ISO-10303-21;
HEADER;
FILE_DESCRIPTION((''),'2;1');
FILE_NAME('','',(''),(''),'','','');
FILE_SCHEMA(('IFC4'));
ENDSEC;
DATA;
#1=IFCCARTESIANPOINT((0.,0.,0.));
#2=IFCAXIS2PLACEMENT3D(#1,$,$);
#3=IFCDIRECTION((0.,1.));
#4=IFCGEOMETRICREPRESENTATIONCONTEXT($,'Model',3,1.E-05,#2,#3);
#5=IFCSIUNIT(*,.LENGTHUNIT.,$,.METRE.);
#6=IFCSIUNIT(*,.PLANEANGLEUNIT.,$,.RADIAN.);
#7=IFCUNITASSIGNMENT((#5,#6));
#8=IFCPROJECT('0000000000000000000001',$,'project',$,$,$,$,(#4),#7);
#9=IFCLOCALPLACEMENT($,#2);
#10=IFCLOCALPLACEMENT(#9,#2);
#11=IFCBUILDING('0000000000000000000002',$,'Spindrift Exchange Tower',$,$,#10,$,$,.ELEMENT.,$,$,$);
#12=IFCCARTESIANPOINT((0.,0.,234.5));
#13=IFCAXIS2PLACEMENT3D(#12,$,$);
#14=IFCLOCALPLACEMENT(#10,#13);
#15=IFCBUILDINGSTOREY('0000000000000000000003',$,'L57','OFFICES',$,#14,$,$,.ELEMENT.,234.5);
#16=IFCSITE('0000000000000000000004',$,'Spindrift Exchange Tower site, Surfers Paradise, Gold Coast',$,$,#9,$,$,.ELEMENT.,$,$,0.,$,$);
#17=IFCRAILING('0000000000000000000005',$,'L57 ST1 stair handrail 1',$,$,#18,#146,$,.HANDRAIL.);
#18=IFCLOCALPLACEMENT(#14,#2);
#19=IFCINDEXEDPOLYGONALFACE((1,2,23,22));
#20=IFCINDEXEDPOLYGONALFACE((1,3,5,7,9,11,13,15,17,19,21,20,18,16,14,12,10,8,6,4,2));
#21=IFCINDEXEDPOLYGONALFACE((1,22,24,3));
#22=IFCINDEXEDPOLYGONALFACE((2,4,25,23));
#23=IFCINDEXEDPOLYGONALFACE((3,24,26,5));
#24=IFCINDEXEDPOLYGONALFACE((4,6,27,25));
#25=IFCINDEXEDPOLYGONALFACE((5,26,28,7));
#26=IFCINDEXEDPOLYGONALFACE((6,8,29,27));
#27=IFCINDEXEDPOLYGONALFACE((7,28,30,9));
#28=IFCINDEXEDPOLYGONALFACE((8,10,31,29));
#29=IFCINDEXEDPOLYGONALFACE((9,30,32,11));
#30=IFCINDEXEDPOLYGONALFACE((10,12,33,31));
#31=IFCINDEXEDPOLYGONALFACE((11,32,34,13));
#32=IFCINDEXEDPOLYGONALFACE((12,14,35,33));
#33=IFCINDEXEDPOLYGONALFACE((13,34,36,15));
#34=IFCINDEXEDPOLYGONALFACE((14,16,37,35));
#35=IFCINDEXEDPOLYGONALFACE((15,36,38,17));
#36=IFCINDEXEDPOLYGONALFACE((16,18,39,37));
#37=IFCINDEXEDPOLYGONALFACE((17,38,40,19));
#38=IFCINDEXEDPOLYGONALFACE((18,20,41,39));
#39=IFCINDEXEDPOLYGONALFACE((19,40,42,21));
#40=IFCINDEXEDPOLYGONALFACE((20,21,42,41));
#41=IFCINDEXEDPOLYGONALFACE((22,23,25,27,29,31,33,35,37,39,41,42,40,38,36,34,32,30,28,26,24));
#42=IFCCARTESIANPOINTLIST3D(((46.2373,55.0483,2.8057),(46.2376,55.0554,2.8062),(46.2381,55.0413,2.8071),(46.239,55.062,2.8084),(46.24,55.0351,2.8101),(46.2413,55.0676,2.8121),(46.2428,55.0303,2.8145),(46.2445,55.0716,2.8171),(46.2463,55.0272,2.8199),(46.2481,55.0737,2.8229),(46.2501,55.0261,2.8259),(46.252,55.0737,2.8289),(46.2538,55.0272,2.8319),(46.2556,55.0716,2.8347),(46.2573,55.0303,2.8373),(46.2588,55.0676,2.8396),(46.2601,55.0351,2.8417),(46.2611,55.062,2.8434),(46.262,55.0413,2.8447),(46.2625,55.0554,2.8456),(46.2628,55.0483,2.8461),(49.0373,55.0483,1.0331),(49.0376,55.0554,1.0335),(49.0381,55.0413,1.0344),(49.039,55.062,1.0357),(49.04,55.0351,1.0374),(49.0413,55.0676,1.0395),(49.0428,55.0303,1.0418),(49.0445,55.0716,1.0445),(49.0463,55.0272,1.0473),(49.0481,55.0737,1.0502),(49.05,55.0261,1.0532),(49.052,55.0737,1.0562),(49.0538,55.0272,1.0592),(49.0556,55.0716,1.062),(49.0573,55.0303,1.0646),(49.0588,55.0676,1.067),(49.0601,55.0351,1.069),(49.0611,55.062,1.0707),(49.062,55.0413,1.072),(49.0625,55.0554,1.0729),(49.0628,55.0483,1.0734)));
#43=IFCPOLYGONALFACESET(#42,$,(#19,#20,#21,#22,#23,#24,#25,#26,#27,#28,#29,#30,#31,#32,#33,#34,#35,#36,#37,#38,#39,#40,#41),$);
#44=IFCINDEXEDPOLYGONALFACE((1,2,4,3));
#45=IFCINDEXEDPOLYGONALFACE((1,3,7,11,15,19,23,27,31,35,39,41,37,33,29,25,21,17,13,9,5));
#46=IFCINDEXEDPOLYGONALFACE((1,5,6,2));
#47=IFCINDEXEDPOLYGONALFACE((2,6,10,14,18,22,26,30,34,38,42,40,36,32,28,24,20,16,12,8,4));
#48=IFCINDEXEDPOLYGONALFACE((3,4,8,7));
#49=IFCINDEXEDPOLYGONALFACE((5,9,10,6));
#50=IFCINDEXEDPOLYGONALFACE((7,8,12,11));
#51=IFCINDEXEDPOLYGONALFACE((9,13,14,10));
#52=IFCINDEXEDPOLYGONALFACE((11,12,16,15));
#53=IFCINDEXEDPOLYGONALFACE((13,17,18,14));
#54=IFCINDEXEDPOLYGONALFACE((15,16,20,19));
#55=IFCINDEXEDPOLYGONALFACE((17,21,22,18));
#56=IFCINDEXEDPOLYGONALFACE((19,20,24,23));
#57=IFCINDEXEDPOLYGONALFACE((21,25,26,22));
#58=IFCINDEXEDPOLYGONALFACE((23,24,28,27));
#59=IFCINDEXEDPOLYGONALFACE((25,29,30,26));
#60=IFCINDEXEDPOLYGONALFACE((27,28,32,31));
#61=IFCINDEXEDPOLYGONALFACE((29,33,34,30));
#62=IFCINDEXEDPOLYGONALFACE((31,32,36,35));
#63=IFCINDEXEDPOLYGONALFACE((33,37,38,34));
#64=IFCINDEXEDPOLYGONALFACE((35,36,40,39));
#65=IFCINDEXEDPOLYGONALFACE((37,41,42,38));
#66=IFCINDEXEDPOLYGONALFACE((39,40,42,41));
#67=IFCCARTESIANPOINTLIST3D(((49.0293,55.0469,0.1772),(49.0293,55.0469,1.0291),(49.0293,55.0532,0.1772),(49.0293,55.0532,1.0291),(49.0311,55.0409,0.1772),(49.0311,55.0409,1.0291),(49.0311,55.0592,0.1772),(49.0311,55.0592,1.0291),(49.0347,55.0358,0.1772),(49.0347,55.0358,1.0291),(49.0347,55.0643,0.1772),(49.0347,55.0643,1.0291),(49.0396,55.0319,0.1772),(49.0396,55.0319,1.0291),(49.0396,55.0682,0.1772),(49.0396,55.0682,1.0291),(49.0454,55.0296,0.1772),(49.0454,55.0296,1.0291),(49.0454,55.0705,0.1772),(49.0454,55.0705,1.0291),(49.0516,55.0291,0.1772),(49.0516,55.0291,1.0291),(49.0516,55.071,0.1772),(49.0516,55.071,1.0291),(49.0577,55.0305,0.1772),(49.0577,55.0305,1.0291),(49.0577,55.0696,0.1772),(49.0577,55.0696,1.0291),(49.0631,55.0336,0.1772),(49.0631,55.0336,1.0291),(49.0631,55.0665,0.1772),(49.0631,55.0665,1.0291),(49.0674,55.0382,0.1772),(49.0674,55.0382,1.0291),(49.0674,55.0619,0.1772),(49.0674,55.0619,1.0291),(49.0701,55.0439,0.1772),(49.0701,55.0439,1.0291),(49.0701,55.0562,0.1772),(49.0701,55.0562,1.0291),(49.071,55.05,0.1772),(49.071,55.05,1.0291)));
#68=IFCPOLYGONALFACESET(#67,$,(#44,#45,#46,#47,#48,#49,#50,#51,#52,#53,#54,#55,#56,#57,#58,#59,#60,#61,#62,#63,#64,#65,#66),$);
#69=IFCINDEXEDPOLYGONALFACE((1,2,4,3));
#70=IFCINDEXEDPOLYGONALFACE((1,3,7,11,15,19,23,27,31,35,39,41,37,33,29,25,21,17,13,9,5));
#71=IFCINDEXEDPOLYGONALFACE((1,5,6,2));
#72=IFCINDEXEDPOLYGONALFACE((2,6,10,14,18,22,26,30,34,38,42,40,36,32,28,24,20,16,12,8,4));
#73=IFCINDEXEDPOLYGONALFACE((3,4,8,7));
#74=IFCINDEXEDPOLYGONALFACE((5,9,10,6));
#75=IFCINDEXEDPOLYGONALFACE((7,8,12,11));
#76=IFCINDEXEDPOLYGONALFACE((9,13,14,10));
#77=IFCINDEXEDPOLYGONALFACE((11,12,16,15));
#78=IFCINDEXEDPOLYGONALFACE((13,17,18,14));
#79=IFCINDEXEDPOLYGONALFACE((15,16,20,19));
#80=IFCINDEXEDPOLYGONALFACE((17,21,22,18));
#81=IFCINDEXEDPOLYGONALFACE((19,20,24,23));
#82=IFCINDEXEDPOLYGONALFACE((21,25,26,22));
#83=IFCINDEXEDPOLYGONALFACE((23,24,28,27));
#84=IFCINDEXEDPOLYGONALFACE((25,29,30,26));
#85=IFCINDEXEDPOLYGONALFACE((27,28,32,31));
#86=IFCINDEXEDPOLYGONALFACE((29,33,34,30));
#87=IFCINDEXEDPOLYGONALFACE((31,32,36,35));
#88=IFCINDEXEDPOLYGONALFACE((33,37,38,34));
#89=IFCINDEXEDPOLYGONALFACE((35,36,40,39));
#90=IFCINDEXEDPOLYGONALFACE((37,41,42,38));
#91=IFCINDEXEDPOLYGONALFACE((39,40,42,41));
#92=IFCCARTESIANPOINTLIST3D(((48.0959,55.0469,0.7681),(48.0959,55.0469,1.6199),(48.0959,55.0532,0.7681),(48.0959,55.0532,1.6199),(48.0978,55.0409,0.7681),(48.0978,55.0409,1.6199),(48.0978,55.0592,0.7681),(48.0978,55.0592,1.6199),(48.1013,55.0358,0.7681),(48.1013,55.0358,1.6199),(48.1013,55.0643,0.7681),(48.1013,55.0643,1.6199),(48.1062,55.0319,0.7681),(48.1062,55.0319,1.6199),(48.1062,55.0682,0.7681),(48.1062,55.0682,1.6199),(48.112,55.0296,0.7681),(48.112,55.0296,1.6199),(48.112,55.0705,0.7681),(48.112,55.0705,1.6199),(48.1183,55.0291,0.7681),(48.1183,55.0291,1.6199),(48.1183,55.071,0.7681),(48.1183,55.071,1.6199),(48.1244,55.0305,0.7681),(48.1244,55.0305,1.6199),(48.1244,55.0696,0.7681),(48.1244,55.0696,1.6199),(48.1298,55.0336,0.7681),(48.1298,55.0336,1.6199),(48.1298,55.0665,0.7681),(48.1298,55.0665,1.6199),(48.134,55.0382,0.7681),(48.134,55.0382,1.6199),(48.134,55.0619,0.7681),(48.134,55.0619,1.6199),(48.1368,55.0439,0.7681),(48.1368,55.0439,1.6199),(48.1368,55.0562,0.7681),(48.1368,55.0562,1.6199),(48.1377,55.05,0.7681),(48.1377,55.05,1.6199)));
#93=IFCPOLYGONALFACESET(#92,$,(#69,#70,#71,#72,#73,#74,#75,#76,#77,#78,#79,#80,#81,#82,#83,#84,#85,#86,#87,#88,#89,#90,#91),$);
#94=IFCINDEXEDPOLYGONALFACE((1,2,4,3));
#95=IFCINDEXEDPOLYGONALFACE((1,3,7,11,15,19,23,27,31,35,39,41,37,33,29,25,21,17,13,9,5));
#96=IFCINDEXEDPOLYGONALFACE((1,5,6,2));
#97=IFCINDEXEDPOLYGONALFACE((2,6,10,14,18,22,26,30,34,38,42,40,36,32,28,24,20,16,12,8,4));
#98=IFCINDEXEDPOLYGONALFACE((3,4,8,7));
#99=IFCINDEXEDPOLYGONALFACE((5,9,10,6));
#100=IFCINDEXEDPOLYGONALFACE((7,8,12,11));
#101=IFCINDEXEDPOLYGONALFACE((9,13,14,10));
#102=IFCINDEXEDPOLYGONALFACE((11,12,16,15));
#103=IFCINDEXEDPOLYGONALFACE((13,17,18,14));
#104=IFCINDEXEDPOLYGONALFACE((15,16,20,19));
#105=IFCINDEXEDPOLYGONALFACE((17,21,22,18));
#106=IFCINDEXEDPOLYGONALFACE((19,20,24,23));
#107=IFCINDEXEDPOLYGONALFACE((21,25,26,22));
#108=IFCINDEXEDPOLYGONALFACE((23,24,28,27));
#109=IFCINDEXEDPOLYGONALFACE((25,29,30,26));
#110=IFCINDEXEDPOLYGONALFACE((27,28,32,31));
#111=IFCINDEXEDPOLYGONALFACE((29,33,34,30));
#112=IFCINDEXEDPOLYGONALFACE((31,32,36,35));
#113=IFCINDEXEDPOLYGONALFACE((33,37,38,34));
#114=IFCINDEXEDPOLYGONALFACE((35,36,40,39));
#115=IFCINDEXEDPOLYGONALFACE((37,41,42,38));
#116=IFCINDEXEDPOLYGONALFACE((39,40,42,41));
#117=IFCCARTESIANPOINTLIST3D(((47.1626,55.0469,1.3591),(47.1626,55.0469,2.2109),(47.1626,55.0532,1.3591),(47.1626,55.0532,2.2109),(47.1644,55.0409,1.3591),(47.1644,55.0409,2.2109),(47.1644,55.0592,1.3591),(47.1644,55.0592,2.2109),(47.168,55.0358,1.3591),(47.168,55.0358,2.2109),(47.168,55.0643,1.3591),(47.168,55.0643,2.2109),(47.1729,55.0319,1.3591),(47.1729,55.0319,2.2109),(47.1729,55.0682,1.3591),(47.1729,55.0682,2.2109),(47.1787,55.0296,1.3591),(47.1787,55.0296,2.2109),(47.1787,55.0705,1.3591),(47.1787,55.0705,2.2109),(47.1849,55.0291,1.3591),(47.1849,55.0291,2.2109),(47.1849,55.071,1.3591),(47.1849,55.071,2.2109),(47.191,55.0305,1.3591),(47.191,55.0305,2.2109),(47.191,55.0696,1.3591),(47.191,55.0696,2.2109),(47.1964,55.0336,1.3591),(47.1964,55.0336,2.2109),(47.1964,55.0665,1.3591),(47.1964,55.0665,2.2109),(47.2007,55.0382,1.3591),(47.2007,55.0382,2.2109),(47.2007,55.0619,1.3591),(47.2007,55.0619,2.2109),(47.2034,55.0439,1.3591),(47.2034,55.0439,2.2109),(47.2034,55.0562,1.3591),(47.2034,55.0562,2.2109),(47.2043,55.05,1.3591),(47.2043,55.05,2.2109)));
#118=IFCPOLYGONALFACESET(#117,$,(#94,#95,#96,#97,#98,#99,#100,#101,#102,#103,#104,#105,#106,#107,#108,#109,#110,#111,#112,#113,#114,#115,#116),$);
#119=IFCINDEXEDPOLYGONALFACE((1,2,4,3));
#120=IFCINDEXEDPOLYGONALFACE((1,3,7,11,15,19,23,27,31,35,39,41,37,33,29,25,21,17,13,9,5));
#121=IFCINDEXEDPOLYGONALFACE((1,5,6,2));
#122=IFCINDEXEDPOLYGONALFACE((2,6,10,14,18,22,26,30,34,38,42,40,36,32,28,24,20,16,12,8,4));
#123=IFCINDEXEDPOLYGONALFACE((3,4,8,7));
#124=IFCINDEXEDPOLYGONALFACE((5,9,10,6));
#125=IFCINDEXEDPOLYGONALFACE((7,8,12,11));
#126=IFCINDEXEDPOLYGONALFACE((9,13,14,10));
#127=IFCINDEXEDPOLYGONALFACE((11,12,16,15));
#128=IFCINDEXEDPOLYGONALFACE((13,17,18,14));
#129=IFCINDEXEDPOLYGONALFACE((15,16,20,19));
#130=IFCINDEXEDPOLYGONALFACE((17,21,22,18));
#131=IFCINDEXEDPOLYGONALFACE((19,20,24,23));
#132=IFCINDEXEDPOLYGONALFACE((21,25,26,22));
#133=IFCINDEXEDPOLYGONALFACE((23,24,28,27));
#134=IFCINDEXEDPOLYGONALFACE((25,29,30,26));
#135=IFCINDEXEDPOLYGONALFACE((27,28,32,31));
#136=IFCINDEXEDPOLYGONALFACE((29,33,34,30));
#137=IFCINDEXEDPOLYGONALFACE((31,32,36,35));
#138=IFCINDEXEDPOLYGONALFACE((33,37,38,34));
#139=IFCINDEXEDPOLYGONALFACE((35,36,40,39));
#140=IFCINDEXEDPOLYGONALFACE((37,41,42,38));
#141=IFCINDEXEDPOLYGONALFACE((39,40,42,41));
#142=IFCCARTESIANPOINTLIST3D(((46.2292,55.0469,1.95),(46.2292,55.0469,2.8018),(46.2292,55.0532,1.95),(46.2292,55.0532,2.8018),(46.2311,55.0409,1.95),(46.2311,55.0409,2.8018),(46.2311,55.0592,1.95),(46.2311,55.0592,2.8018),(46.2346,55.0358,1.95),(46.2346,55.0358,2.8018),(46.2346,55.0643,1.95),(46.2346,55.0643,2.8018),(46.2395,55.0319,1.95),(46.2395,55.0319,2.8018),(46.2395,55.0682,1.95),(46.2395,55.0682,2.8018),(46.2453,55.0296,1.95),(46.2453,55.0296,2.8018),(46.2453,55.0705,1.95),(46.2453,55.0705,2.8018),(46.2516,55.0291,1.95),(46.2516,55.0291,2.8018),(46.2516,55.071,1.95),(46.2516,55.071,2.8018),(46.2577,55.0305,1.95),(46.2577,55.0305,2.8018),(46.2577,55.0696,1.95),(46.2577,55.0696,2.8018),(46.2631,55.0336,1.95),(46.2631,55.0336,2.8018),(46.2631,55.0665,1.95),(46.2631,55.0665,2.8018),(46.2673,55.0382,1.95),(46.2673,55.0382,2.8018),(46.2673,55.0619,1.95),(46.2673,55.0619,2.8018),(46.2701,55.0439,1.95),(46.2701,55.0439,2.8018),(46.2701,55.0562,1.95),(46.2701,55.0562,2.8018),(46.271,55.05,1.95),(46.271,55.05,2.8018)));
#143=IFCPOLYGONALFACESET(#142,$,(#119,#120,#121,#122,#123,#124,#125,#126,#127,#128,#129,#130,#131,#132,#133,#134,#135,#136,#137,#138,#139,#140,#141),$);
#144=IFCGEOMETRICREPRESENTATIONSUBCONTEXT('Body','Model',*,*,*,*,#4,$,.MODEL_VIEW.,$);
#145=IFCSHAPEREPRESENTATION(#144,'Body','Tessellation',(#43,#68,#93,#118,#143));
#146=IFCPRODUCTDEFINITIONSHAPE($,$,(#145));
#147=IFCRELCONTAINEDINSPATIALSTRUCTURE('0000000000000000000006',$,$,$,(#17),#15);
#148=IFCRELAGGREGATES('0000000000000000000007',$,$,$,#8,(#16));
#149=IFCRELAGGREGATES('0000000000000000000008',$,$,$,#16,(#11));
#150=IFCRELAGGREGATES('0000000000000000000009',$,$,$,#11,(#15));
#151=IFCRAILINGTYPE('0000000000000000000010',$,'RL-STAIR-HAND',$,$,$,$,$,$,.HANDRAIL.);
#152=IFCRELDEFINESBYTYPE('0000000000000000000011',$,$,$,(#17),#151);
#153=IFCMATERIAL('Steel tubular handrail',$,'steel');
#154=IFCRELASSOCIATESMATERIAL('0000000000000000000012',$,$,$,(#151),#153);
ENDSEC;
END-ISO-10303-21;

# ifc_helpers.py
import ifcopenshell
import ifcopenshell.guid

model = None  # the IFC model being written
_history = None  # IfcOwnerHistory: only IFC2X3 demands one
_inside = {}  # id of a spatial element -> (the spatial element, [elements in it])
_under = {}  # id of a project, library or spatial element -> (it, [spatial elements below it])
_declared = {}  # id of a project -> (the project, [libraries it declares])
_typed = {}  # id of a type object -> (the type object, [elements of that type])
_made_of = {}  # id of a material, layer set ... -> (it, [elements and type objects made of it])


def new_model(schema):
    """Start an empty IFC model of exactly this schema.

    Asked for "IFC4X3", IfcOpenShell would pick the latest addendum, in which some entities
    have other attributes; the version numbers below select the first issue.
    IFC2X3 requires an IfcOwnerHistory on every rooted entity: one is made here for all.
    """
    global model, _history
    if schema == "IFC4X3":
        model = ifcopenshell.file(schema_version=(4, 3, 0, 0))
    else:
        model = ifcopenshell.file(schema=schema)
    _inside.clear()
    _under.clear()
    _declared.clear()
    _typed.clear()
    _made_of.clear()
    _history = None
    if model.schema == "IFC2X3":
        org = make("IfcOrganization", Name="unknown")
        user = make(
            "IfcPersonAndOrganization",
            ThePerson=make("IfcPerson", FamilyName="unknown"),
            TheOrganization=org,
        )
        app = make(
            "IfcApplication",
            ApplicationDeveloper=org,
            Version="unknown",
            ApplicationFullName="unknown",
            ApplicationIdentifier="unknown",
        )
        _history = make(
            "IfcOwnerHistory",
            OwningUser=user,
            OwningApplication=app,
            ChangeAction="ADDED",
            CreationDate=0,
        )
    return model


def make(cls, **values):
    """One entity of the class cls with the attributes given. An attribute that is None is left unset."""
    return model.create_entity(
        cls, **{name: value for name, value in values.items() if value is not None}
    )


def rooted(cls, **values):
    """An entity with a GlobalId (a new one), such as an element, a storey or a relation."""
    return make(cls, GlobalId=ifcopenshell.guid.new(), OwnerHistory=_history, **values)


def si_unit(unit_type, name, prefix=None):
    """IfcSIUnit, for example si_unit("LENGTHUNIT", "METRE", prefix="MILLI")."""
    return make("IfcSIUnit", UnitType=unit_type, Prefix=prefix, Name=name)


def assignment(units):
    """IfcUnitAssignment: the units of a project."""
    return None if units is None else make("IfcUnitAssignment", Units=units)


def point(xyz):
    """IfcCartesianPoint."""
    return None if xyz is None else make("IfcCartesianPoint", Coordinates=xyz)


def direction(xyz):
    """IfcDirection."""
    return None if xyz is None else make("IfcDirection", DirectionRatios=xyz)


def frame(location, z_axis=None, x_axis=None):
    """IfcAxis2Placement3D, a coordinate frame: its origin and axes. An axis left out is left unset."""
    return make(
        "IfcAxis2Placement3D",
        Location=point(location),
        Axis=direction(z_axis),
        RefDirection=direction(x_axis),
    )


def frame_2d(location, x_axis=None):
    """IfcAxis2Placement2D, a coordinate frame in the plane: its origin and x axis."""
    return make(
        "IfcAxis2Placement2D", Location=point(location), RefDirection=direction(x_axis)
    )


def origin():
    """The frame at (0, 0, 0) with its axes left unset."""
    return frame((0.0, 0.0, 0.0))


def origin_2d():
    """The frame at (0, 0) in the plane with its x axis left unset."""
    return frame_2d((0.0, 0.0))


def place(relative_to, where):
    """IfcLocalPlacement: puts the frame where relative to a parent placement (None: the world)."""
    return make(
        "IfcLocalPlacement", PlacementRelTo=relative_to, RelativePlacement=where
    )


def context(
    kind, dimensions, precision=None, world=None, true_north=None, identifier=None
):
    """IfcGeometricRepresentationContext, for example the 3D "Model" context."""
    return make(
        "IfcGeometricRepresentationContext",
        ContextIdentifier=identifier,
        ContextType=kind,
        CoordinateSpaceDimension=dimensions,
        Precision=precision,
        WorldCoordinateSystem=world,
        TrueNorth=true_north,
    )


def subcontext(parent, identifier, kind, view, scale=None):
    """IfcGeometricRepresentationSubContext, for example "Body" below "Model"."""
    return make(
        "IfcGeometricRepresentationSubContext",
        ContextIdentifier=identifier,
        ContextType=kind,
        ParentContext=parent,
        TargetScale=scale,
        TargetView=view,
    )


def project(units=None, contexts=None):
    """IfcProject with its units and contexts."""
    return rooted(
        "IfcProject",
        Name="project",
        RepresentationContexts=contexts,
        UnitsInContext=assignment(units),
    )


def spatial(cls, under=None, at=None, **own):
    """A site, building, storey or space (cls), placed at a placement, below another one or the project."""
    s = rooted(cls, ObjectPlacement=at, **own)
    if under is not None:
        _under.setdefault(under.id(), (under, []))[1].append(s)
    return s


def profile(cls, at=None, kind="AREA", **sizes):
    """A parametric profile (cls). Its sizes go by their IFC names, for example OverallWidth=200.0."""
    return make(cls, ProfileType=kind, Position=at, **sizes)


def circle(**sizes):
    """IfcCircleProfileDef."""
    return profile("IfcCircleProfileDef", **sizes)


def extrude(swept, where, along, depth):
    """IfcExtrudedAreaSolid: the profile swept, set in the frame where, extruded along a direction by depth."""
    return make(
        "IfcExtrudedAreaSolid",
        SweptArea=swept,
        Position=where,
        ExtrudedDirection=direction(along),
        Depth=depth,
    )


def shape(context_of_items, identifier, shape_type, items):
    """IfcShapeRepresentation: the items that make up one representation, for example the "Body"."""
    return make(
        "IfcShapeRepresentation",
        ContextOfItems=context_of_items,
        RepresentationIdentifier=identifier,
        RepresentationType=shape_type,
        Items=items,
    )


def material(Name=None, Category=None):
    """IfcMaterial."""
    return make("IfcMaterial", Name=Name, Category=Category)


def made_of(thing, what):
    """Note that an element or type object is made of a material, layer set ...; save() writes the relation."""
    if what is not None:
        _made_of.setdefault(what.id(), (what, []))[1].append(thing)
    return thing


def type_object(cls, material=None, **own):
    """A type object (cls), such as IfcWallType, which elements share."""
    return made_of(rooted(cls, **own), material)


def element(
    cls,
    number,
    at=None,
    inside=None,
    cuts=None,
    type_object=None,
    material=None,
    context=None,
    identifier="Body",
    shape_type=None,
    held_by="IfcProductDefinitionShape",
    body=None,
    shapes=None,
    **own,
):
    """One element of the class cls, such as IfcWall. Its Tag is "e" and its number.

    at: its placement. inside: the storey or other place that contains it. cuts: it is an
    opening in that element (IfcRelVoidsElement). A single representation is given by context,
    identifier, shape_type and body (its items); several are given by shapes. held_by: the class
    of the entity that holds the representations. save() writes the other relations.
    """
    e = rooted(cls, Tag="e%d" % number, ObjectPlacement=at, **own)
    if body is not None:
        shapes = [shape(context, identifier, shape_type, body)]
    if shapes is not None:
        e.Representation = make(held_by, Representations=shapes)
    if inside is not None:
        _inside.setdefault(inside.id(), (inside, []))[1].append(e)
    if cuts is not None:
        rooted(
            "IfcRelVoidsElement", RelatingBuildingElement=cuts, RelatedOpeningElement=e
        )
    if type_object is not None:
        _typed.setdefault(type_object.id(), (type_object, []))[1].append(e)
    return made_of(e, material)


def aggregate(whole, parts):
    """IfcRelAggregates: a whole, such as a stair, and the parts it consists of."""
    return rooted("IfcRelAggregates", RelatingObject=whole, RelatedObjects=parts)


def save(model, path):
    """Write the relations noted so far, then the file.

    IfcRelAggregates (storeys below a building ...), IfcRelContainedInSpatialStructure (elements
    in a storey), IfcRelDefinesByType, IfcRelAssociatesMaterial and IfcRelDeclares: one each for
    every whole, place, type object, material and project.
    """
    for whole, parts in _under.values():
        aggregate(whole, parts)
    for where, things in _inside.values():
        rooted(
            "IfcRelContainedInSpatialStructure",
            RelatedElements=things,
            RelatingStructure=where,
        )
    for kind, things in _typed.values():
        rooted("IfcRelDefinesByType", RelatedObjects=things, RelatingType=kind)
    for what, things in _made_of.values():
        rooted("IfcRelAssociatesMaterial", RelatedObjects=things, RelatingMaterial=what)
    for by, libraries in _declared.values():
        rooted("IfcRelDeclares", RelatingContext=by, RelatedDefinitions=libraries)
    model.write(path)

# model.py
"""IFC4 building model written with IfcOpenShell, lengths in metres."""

from ifc_helpers import new_model, si_unit, direction, frame, origin, origin_2d, place, context, subcontext, project, spatial, circle, extrude, material, type_object, element, save


model = new_model("IFC4")

# Units and contexts
model_context = context("Model", 3, precision=1e-05, world=origin(), true_north=direction((0.0, 1.0)))
body_context = subcontext(model_context, "Body", "Model", "MODEL_VIEW")
ifc_project = project(units=[si_unit("LENGTHUNIT", "METRE"), si_unit("PLANEANGLEUNIT", "RADIAN")], contexts=[model_context])

# Site, building, storey
site_placement = place(None, origin())
site = spatial("IfcSite", under=ifc_project, at=site_placement, Name="Spindrift Exchange Tower site, Surfers Paradise, Gold Coast", CompositionType="ELEMENT", RefElevation=0.0)
building_placement = place(site_placement, origin())
building = spatial("IfcBuilding", under=site, at=building_placement, Name="Spindrift Exchange Tower", CompositionType="ELEMENT")
storey_placement = place(building_placement, frame((0.0, 0.0, 234.5)))
storey = spatial("IfcBuildingStorey", under=building, at=storey_placement, Name="L57", Description="OFFICES", CompositionType="ELEMENT", Elevation=234.5)

# Railing
ifc_material_1 = material(Name="Steel tubular handrail", Category="steel")
railing_type_1 = type_object("IfcRailingType", Name="RL-STAIR-HAND", PredefinedType="HANDRAIL", material=ifc_material_1)
railing_1_placement = place(storey_placement, frame((49.05, 55.05, 0.1772)))
element("IfcRailing", 1, at=railing_1_placement, inside=storey, type_object=railing_type_1, Name="L57 ST1 stair handrail 1", PredefinedType="HANDRAIL", context=body_context, shape_type="SweptSolid", body=[
    extrude(circle(Radius=0.0239, at=origin_2d()), frame((0.0, 0.0, 0.876), z_axis=(-0.844909, 0.0, 0.53491), x_axis=(0.0, -1.0, 0.0)), (0.0, 0.0, 1.0), 3.314),
    extrude(circle(Radius=0.021, at=origin_2d()), origin(), (0.0, 0.0, 1.0), 0.8518),
    extrude(circle(Radius=0.021, at=origin_2d()), frame((-0.9333, 0.0, 0.5908)), (0.0, 0.0, 1.0), 0.8518),
    extrude(circle(Radius=0.021, at=origin_2d()), frame((-1.8667, 0.0, 1.1819)), (0.0, 0.0, 1.0), 0.8518),
    extrude(circle(Radius=0.021, at=origin_2d()), frame((-2.8, 0.0, 1.7727)), (0.0, 0.0, 1.0), 0.8518),
])

save(model, "model.ifc")
